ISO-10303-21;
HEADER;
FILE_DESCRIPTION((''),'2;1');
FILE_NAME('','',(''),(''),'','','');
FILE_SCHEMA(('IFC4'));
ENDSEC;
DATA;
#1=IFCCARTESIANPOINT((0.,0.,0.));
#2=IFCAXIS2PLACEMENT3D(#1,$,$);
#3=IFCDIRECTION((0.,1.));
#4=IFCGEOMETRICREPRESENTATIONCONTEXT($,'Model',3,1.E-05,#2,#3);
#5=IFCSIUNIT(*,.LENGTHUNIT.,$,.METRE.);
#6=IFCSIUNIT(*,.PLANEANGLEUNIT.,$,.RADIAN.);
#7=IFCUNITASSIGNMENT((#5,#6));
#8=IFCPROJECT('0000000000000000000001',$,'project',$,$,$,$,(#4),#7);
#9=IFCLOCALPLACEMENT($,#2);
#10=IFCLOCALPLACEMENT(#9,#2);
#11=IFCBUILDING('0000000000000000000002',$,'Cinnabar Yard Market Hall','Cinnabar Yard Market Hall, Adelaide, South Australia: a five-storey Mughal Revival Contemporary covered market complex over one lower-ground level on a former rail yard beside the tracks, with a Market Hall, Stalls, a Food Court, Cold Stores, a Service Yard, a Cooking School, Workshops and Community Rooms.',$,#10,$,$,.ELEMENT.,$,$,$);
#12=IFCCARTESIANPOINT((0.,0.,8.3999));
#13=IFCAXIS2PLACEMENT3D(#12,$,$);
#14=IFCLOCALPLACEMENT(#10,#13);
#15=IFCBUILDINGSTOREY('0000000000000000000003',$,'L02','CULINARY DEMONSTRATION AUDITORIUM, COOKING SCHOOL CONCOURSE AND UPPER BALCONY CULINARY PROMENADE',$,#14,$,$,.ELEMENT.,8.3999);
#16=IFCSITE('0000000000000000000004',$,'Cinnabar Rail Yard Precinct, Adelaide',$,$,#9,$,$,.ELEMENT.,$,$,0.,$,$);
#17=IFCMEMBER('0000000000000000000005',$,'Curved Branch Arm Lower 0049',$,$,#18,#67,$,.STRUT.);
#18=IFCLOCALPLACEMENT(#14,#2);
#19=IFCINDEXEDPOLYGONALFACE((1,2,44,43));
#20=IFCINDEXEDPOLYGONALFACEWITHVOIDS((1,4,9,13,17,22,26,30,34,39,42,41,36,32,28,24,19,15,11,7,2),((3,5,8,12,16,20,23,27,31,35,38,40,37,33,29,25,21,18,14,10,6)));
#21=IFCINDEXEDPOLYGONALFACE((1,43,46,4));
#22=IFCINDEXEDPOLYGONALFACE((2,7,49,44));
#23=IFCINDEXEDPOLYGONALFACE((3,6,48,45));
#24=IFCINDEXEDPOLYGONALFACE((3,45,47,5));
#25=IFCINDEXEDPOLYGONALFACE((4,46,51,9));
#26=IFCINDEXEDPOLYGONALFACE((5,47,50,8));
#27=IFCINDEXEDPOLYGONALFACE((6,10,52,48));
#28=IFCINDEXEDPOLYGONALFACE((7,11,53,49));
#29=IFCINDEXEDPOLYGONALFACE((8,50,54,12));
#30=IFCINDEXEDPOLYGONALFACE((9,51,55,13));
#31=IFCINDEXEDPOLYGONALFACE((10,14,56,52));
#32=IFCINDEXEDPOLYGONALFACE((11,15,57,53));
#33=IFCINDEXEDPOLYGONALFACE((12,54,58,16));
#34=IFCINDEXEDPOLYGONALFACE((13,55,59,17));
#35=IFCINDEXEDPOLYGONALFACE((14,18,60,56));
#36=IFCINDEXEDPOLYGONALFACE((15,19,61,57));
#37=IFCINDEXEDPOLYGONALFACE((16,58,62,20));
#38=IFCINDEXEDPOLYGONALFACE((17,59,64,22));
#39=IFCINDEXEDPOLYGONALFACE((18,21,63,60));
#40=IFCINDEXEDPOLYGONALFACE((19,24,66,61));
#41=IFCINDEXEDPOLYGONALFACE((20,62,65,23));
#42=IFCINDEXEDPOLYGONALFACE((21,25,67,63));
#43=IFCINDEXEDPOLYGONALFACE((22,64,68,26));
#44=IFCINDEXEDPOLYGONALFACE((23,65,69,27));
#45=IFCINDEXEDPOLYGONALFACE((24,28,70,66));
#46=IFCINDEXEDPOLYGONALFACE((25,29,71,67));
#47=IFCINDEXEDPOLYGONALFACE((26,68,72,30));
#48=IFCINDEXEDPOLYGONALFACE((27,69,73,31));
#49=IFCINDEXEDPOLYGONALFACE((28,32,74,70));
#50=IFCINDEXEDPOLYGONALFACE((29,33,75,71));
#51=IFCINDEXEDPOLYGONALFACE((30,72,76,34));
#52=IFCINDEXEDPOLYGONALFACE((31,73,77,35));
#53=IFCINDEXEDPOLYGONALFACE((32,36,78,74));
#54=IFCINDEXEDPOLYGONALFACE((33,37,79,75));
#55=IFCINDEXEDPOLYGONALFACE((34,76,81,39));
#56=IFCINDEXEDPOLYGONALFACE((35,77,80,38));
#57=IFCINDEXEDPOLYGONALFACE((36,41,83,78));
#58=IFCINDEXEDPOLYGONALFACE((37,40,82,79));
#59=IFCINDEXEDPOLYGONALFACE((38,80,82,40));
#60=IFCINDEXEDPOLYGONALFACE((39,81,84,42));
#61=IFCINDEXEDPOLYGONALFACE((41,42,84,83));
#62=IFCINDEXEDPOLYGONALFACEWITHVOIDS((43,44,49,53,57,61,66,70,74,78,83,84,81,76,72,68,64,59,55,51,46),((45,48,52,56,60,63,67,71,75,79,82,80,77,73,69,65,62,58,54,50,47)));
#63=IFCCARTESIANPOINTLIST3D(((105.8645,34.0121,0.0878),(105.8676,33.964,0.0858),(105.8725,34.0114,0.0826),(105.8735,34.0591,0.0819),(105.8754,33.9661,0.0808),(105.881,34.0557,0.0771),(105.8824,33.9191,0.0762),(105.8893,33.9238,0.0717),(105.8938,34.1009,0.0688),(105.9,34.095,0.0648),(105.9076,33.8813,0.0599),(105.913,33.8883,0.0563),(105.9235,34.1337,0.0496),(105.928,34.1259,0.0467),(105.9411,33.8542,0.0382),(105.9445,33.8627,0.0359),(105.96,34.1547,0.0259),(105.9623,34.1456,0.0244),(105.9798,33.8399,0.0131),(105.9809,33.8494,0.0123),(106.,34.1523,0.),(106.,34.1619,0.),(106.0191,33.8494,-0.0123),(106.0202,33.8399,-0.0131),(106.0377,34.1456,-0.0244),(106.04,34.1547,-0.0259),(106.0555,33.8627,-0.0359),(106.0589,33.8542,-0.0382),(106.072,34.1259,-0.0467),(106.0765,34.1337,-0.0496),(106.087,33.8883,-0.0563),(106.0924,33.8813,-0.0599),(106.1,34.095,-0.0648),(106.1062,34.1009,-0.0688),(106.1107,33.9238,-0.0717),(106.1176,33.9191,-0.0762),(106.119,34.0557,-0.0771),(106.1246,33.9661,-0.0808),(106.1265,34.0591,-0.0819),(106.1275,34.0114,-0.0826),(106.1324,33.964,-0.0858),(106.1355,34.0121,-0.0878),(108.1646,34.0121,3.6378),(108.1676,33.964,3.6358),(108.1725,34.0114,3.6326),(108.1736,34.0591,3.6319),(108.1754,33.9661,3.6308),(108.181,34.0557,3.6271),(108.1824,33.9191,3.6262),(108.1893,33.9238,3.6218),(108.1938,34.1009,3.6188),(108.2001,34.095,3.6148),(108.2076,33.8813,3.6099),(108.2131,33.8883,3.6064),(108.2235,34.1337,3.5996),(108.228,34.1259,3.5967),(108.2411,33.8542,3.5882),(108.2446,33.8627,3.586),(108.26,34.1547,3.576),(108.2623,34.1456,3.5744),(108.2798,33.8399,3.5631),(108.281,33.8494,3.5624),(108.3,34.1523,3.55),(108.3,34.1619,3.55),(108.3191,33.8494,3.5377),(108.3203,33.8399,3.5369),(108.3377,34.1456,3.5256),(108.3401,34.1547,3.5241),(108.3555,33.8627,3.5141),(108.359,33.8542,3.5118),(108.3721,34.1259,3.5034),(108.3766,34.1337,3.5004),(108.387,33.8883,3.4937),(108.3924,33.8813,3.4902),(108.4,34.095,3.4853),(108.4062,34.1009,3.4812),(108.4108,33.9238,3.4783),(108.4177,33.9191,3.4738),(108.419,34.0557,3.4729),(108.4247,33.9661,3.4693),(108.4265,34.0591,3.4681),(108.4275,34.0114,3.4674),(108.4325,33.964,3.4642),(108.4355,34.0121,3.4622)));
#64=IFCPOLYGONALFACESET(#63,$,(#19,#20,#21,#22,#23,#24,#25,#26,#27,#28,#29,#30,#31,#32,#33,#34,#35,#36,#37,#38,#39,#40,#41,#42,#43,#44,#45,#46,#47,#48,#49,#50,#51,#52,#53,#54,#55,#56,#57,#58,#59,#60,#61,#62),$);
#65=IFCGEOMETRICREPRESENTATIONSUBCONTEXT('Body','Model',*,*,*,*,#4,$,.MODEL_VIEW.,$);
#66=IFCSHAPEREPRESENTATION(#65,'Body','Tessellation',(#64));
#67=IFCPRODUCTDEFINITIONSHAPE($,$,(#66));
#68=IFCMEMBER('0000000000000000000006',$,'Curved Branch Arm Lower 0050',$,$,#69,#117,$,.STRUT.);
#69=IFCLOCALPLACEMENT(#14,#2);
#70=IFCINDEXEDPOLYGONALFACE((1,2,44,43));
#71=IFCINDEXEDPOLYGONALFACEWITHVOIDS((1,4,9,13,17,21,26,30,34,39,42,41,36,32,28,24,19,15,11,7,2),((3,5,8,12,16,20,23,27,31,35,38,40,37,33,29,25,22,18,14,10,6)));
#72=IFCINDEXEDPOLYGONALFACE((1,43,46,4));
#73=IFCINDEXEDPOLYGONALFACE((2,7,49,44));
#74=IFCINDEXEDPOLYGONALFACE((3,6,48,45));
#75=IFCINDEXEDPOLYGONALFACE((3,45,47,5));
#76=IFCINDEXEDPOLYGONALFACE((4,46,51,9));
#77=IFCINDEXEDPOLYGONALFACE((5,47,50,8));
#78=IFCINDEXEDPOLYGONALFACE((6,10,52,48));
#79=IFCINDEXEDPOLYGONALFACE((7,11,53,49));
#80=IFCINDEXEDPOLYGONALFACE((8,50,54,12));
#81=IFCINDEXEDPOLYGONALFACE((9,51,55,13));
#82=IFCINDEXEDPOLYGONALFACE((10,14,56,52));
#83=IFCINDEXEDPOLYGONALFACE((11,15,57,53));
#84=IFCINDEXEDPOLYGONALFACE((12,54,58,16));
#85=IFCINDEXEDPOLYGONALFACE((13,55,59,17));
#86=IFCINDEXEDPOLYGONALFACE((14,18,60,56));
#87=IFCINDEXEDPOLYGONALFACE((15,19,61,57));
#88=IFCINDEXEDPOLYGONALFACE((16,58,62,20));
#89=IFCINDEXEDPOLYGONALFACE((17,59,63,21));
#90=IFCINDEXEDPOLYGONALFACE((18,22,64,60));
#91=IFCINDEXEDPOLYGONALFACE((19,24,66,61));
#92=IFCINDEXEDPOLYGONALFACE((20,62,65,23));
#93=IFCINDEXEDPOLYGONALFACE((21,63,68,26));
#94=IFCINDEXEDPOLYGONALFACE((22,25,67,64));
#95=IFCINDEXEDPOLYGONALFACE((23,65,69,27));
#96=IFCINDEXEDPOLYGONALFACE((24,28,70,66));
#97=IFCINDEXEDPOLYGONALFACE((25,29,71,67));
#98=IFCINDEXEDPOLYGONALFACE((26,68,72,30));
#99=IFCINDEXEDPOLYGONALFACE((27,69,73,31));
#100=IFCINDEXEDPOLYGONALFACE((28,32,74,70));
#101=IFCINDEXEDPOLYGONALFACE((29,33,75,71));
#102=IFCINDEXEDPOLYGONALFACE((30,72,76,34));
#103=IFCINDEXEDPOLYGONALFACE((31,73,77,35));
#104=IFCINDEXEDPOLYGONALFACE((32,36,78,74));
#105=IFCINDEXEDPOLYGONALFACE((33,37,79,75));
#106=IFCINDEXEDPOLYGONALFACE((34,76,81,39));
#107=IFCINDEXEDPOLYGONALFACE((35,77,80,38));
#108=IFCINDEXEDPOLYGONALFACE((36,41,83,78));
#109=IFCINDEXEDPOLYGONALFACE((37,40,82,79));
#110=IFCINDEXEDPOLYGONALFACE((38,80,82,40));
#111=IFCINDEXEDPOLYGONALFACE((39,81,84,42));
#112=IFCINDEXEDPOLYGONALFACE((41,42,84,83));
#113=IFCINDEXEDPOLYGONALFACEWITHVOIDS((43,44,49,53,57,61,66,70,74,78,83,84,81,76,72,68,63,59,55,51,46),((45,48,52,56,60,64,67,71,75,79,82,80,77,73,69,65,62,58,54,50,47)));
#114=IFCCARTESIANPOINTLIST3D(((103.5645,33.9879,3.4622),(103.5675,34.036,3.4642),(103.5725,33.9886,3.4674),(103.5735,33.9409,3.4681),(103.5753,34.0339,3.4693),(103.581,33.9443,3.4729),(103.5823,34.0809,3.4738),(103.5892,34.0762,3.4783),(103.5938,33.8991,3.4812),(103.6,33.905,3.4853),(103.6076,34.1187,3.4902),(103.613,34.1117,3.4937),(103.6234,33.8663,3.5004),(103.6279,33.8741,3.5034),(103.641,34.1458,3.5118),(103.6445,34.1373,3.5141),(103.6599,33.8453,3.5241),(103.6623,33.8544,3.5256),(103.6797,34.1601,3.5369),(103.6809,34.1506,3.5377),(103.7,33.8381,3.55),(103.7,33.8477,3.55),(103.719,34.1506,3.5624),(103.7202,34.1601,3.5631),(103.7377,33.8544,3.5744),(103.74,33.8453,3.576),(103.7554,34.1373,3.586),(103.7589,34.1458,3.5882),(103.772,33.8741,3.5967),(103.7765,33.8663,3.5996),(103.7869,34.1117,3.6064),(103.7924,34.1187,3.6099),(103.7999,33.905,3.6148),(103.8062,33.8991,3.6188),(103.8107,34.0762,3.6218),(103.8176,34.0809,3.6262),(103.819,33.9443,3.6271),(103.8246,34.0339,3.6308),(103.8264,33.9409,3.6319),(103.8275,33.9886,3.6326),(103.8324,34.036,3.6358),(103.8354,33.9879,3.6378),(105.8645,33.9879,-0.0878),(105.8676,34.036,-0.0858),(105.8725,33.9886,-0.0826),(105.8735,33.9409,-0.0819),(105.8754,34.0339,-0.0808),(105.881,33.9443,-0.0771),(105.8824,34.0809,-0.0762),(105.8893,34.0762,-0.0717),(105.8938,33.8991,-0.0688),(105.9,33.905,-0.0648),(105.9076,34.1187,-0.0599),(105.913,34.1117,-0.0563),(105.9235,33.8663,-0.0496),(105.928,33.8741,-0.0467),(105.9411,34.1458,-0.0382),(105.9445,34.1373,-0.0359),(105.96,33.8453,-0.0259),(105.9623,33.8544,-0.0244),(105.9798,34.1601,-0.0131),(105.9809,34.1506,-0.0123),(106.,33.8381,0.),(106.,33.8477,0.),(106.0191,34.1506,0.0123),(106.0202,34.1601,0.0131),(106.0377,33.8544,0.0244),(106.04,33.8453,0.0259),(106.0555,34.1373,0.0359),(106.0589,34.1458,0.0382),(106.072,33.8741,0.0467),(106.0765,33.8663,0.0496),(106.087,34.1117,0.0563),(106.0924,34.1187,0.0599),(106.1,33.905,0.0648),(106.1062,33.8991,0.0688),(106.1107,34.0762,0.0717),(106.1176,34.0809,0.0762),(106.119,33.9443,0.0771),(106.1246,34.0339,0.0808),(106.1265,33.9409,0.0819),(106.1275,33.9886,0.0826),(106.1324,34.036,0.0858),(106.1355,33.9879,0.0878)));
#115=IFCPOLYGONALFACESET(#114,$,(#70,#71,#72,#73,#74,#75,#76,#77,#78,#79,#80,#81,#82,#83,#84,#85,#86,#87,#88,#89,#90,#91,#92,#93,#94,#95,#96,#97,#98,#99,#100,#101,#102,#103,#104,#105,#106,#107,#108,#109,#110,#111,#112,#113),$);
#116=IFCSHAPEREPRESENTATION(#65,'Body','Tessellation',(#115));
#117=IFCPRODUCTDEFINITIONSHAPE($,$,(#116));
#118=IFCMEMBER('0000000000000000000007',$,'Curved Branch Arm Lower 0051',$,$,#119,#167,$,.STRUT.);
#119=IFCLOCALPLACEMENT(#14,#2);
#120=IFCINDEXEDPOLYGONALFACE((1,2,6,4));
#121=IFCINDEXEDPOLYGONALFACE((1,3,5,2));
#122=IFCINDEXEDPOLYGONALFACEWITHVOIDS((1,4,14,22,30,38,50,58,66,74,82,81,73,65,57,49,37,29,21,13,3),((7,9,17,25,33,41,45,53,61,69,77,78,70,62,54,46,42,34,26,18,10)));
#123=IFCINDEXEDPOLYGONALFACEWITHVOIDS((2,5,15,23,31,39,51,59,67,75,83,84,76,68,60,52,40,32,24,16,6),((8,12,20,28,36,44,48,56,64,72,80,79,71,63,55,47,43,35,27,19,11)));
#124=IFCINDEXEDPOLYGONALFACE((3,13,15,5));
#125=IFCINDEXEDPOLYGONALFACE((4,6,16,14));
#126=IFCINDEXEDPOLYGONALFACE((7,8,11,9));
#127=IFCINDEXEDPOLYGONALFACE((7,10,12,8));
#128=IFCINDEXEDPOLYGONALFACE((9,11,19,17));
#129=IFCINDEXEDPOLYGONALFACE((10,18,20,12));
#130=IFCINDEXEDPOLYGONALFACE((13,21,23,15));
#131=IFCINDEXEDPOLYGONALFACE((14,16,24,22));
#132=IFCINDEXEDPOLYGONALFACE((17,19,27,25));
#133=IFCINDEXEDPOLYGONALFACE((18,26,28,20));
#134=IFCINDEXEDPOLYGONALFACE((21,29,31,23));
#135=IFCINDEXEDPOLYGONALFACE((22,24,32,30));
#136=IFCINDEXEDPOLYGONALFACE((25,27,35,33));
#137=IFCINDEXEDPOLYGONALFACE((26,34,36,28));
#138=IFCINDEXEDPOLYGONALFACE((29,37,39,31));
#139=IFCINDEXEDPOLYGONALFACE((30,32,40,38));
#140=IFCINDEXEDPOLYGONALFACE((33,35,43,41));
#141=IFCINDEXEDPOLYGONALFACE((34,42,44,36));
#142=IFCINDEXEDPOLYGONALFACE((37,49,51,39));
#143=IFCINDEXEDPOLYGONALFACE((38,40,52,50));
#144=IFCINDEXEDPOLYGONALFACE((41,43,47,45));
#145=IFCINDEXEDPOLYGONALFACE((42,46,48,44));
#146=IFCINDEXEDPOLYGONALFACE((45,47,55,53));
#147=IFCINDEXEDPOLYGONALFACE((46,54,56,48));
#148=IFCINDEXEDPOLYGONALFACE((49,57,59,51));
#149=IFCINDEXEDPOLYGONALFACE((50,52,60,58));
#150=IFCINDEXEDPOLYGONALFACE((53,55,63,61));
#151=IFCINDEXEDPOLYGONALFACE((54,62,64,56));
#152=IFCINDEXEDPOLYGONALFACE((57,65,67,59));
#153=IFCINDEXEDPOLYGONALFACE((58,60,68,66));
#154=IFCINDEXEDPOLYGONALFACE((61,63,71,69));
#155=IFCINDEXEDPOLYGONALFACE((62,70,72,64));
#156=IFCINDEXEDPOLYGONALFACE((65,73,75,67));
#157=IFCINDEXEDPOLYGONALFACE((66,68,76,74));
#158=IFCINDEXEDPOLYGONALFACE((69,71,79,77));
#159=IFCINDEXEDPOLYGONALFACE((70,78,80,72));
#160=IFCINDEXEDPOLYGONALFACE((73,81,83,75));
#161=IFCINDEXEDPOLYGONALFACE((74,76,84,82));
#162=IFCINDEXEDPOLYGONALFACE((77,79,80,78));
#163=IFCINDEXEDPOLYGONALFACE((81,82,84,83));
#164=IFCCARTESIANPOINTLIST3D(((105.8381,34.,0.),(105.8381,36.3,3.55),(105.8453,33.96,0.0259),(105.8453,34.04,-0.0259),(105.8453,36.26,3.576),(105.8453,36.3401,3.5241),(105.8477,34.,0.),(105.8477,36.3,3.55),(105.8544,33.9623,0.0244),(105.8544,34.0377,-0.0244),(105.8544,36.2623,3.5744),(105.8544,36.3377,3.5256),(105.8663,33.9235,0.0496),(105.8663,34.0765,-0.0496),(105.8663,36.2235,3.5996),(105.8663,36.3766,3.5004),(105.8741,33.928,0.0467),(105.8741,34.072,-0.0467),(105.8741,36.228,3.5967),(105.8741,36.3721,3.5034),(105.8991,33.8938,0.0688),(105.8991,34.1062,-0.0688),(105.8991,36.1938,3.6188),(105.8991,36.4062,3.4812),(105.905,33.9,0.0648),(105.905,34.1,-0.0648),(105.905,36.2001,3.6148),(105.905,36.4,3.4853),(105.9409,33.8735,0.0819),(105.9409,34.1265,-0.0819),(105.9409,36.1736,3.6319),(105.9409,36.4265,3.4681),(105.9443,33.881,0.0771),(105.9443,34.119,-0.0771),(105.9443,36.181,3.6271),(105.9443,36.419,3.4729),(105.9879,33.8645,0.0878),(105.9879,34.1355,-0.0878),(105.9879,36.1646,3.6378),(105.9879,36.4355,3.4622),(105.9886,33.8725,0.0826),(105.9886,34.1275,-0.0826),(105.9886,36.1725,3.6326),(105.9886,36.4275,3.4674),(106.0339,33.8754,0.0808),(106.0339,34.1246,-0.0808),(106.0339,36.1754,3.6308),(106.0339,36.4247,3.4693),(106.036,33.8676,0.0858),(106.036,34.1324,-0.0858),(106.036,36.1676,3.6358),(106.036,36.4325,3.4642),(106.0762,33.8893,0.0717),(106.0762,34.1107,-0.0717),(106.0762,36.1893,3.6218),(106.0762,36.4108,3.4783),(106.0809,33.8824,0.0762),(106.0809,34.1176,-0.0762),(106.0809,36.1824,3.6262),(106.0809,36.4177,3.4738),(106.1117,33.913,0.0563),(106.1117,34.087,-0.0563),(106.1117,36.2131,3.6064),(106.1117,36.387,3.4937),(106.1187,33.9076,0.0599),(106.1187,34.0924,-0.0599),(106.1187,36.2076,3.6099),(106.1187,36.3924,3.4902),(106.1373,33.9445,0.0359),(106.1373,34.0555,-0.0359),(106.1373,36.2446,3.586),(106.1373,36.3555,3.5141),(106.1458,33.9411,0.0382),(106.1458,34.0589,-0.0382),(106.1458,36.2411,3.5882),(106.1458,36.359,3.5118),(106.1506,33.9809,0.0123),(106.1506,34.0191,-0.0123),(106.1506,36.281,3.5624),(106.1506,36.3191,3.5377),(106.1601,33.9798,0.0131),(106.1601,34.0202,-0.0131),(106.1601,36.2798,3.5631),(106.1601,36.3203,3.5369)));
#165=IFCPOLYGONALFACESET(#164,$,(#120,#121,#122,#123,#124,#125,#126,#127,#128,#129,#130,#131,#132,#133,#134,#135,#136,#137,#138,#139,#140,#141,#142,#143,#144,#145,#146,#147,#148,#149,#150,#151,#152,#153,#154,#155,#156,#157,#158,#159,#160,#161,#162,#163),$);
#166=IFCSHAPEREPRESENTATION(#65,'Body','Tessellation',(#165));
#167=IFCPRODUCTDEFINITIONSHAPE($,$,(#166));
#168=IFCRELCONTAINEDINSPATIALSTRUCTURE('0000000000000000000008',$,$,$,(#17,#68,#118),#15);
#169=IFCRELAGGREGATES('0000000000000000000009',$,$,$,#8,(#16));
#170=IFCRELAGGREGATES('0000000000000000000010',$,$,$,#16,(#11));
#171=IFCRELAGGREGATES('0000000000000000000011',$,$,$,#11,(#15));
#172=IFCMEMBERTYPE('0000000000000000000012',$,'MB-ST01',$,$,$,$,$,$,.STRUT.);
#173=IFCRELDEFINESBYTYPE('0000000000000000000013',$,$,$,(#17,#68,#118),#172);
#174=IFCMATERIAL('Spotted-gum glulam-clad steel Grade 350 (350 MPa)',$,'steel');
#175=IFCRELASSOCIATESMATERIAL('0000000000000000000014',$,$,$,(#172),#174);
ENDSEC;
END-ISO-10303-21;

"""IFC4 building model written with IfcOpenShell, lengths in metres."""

from ifc_helpers import new_model, si_unit, direction, frame, origin, origin_2d_with_axis, place, context, subcontext, project, spatial, hollow_circle, extrude, material, material_profile, profile_set, type_object, element, save


model = new_model("IFC4")

# Units and contexts
model_context = context("Model", 3, precision=1e-05, world=origin(), true_north=direction((0.0, 1.0)))
body_context = subcontext(model_context, "Body", "Model", "MODEL_VIEW")
ifc_project = project(units=[si_unit("LENGTHUNIT", "METRE"), si_unit("PLANEANGLEUNIT", "RADIAN")], contexts=[model_context])

# Site, building, storey
site_placement = place(None, origin())
site = spatial("IfcSite", under=ifc_project, at=site_placement, Name="Cinnabar Rail Yard Precinct, Adelaide", CompositionType="ELEMENT", RefElevation=0.0)
building_placement = place(site_placement, origin())
building = spatial("IfcBuilding", under=site, at=building_placement, Name="Cinnabar Yard Market Hall", Description="Cinnabar Yard Market Hall, Adelaide, South Australia: a five-storey Mughal Revival Contemporary covered market complex over one lower-ground level on a former rail yard beside the tracks, with a Market Hall, Stalls, a Food Court, Cold Stores, a Service Yard, a Cooking School, Workshops and Community Rooms.", CompositionType="ELEMENT")
storey_placement = place(building_placement, frame((0.0, 0.0, 8.3999)))
storey = spatial("IfcBuildingStorey", under=building, at=storey_placement, Name="L02", Description="CULINARY DEMONSTRATION AUDITORIUM, COOKING SCHOOL CONCOURSE AND UPPER BALCONY CULINARY PROMENADE", CompositionType="ELEMENT", Elevation=8.3999)

# Shared definitions
ifc_material_1 = material(Name="Spotted-gum glulam-clad steel Grade 350 (350 MPa)", Category="steel")

# Members
ifc_material_profile_1 = material_profile(ifc_material_1, hollow_circle(Radius=0.1619, WallThickness=0.0095, at=origin_2d_with_axis()), Name="323.9x9.5CHS")
ifc_profile_set_1 = profile_set([ifc_material_profile_1], Name="Spotted-gum glulam-clad steel Grade 350 (350 MPa)")
member_type_1 = type_object("IfcMemberType", Name="MB-ST01", PredefinedType="STRUT", material=ifc_profile_set_1)
for number, where, z_axis, x_axis, name in (
    (1, (106.0, 34.0, 0.0), (0.543744, 0.0, 0.839251), (0.0, 1.0, 0.0), "Curved Branch Arm Lower 0049"),
    (2, (106.0, 34.0, 0.0), (-0.543744, 0.0, 0.839251), (0.0, -1.0, 0.0), "Curved Branch Arm Lower 0050"),
    (3, (106.0, 34.0, 0.0), (0.0, 0.543744, 0.839251), (-1.0, 0.0, 0.0), "Curved Branch Arm Lower 0051"),
):
    element("IfcMember", number, at=place(storey_placement, frame(where, z_axis=z_axis, x_axis=x_axis)), inside=storey, type_object=member_type_1, Name=name, PredefinedType="STRUT", context=body_context, shape_type="SweptSolid", body=[
        extrude(hollow_circle(Radius=0.1619, WallThickness=0.0095, at=origin_2d_with_axis()), origin(), (0.0, 0.0, 1.0), 4.23),
    ])

save(model, "model.ifc")
